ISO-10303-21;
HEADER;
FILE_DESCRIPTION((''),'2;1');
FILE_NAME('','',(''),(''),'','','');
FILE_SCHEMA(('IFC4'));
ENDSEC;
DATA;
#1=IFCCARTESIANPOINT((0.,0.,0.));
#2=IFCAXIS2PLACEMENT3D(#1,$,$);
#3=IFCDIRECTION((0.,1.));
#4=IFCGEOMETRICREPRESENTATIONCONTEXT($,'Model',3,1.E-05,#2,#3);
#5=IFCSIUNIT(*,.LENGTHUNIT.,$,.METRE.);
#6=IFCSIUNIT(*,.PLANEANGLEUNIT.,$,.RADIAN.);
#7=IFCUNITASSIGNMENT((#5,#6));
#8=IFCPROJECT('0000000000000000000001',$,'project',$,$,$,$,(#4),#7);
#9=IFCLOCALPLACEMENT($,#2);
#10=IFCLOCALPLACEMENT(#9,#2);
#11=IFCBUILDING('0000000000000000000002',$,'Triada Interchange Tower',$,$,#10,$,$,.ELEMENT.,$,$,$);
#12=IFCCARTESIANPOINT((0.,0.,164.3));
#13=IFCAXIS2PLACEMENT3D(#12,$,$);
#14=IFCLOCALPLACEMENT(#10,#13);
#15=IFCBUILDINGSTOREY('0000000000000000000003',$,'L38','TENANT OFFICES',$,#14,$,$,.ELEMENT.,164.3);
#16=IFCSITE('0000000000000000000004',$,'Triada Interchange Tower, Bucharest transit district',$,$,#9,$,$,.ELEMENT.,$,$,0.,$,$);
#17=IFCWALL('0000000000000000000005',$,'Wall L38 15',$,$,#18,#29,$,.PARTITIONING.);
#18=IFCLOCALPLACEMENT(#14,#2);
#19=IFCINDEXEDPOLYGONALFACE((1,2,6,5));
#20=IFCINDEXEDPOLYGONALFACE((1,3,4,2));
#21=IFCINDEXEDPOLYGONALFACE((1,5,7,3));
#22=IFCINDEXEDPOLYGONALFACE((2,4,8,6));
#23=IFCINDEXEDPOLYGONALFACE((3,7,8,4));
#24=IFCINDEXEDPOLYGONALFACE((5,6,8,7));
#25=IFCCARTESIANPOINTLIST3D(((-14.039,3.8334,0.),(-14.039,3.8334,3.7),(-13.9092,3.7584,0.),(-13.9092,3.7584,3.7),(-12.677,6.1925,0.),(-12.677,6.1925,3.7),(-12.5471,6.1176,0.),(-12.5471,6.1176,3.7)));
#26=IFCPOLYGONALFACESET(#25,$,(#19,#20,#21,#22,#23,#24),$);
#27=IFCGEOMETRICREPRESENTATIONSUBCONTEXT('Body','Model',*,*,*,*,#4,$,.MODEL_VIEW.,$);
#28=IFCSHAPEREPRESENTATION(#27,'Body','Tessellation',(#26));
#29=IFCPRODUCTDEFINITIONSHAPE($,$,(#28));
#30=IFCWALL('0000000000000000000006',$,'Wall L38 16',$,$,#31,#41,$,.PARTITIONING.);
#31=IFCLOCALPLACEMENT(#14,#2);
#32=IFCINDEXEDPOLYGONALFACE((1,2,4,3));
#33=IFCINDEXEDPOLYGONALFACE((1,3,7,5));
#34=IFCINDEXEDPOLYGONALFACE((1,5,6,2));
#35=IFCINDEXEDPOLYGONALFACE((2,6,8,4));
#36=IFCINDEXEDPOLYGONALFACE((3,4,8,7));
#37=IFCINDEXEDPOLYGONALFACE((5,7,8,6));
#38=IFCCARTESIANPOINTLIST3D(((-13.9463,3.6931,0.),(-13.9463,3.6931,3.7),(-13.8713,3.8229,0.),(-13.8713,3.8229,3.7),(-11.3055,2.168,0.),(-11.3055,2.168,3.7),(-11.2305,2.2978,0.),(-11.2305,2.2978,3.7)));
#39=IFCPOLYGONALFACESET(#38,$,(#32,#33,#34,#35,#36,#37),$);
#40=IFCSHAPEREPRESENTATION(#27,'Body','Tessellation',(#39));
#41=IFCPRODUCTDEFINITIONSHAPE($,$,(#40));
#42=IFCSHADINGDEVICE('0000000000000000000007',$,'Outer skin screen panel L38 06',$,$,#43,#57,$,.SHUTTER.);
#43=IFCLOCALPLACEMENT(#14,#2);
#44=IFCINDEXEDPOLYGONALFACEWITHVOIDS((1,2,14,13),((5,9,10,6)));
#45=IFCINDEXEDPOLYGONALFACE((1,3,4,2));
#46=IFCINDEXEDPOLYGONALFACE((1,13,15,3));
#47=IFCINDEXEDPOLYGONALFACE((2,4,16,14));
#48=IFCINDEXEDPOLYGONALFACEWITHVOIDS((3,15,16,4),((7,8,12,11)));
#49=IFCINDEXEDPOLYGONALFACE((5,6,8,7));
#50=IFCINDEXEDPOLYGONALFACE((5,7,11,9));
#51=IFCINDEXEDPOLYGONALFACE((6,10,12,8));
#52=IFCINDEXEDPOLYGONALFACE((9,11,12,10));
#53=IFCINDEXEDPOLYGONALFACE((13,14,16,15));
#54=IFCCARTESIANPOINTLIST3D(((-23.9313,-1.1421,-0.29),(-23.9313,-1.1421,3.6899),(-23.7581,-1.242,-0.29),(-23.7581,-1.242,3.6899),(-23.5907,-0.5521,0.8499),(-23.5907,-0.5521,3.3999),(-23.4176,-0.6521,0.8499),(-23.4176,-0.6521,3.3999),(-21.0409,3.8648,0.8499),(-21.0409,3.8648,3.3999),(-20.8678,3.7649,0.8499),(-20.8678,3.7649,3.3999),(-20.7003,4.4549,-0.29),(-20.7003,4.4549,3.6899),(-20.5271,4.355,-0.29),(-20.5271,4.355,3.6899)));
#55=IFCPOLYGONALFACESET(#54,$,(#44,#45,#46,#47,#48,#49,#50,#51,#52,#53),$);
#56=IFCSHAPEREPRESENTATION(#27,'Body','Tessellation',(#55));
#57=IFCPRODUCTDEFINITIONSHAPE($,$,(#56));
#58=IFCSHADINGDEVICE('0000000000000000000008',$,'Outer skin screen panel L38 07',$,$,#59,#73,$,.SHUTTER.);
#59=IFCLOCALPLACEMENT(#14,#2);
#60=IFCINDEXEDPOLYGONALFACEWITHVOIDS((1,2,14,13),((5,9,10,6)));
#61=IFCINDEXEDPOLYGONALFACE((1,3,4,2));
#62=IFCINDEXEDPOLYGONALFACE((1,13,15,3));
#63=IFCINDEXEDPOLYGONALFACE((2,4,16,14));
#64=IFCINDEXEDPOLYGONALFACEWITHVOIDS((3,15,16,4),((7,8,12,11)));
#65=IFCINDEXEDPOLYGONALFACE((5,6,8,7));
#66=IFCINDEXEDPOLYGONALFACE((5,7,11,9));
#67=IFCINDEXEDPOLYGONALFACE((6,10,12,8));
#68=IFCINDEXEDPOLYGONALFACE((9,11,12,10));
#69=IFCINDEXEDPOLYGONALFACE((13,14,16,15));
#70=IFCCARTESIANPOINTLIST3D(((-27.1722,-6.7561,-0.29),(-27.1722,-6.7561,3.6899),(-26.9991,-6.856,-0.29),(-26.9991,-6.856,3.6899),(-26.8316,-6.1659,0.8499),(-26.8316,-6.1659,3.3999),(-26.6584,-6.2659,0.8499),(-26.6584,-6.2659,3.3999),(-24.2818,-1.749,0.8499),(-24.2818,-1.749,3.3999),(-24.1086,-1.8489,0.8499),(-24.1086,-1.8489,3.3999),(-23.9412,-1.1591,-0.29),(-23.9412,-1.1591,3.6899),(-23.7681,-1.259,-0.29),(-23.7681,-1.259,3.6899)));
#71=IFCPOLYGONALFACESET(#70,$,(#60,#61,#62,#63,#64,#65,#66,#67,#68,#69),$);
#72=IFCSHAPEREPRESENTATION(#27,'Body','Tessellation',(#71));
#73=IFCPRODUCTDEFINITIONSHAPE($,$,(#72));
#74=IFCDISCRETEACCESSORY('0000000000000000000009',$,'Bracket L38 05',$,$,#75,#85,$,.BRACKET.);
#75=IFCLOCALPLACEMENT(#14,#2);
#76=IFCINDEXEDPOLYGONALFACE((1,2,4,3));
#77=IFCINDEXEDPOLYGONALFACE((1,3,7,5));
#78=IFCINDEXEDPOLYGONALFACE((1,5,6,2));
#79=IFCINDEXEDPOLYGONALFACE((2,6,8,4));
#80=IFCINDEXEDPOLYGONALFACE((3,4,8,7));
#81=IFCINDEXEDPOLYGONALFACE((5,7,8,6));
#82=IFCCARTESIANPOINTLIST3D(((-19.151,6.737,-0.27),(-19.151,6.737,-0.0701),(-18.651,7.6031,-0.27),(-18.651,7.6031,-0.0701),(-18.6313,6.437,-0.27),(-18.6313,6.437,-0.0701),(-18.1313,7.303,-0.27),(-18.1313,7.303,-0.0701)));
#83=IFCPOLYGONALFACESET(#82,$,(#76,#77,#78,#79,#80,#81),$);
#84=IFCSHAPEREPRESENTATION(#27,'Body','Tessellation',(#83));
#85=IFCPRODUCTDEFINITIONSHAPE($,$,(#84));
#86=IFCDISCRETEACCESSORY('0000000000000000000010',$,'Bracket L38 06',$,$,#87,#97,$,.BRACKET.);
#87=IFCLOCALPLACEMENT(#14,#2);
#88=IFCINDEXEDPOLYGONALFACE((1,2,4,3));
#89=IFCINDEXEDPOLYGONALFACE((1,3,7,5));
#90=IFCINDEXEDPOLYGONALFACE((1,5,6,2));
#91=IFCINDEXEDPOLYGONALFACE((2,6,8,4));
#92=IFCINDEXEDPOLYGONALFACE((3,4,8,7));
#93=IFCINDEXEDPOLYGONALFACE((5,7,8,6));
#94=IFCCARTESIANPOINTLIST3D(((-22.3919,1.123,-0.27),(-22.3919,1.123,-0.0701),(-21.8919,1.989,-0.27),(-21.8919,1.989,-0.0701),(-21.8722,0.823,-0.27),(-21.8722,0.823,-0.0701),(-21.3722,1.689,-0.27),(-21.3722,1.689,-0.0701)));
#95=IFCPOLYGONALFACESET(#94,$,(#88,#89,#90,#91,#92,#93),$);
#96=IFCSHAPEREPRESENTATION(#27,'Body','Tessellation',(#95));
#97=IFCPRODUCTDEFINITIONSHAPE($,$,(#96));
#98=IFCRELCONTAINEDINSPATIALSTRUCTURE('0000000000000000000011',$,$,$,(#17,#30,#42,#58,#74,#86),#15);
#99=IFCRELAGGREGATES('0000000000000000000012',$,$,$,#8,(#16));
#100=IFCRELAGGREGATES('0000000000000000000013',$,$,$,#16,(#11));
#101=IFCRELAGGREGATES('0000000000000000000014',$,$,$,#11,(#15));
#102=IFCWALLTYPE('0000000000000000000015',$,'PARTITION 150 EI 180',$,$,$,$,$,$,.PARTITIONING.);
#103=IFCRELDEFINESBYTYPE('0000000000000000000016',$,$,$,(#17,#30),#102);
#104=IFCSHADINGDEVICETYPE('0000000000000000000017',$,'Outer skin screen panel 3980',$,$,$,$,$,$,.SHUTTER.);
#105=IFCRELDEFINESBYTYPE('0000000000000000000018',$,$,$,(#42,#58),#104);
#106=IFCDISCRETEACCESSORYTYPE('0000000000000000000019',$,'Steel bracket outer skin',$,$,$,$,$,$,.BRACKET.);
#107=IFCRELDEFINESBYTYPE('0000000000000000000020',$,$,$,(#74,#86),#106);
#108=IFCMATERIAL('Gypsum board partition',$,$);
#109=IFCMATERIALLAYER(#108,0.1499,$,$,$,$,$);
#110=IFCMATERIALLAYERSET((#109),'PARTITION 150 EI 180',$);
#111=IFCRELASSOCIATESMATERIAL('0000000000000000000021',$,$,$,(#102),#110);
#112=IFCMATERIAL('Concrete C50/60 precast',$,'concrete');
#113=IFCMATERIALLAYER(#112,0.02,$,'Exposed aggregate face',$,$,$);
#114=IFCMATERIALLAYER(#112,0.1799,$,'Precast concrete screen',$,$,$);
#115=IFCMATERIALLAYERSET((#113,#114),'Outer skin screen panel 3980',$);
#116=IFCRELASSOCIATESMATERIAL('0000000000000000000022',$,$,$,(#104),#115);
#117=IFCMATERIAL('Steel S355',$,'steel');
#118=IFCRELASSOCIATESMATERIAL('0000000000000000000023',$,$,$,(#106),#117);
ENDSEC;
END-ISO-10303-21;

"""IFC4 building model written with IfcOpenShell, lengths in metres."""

from ifc_helpers import new_model, si_unit, direction, frame, frame_2d, origin, origin_2d, place, context, subcontext, project, spatial, polyline, rectangle, outline, extrude, material, layer, layer_set, type_object, element, save


model = new_model("IFC4")

# Units and contexts
model_context = context("Model", 3, precision=1e-05, world=origin(), true_north=direction((0.0, 1.0)))
body_context = subcontext(model_context, "Body", "Model", "MODEL_VIEW")
ifc_project = project(units=[si_unit("LENGTHUNIT", "METRE"), si_unit("PLANEANGLEUNIT", "RADIAN")], contexts=[model_context])

# Site, building, storey
site_placement = place(None, origin())
site = spatial("IfcSite", under=ifc_project, at=site_placement, Name="Triada Interchange Tower, Bucharest transit district", CompositionType="ELEMENT", RefElevation=0.0)
building_placement = place(site_placement, origin())
building = spatial("IfcBuilding", under=site, at=building_placement, Name="Triada Interchange Tower", CompositionType="ELEMENT")
storey_placement = place(building_placement, frame((0.0, 0.0, 164.3)))
storey = spatial("IfcBuildingStorey", under=building, at=storey_placement, Name="L38", Description="TENANT OFFICES", CompositionType="ELEMENT", Elevation=164.3)

# Shared definitions
ifc_material_1 = material(Name="Gypsum board partition")
ifc_layer_1 = layer(ifc_material_1, 0.1499)
ifc_layer_set_1 = layer_set([ifc_layer_1], Name="PARTITION 150 EI 180")
wall_type_1 = type_object("IfcWallType", Name="PARTITION 150 EI 180", PredefinedType="PARTITIONING", material=ifc_layer_set_1)

# Walls
wall_1_placement = place(storey_placement, frame((-13.9741, 3.7959, 0.0), z_axis=(0.0, 0.0, 1.0), x_axis=(0.500004, 0.866023, 0.0)))
element("IfcWall", 1, at=wall_1_placement, inside=storey, type_object=wall_type_1, Name="Wall L38 15", PredefinedType="PARTITIONING", context=body_context, shape_type="SweptSolid", body=[
    extrude(rectangle(XDim=2.7241, YDim=0.1499, at=frame_2d((1.3621, 0.0))), origin(), (0.0, 0.0, 1.0), 3.7),
])
wall_2_placement = place(storey_placement, frame((-13.9089, 3.7581, 0.0), z_axis=(0.0, 0.0, 1.0), x_axis=(0.865963, -0.500108, 0.0)))
element("IfcWall", 2, at=wall_2_placement, inside=storey, type_object=wall_type_1, Name="Wall L38 16", PredefinedType="PARTITIONING", context=body_context, shape_type="SweptSolid", body=[
    extrude(rectangle(XDim=3.0496, YDim=0.1499, at=frame_2d((1.5249, 0.0))), origin(), (0.0, 0.0, 1.0), 3.7),
])

# Shading devices
ifc_material_2 = material(Name="Concrete C50/60 precast", Category="concrete")
ifc_layer_2 = layer(ifc_material_2, 0.02, Name="Exposed aggregate face")
ifc_layer_3 = layer(ifc_material_2, 0.1799, Name="Precast concrete screen")
ifc_layer_set_2 = layer_set([ifc_layer_2, ifc_layer_3], Name="Outer skin screen panel 3980")
shading_device_type = type_object("IfcShadingDeviceType", Name="Outer skin screen panel 3980", PredefinedType="SHUTTER", material=ifc_layer_set_2)
shading_device_1_placement = place(storey_placement, frame((-20.5271, 4.355, -0.29), z_axis=(0.0, 0.0, 1.0), x_axis=(-0.49995, -0.866054, 0.0)))
element("IfcShadingDevice", 3, at=shading_device_1_placement, inside=storey, type_object=shading_device_type, Name="Outer skin screen panel L38 06", PredefinedType="SHUTTER", context=body_context, shape_type="SweptSolid", body=[
    extrude(outline(polyline([(0.0, 0.0), (6.4626, 0.0), (6.4626, 3.98), (0.0, 3.98), (0.0, 0.0)]), holes=[polyline([(0.6814, 1.1399), (0.6814, 3.6899), (5.7815, 3.6899), (5.7815, 1.1399), (0.6814, 1.1399)])]), frame((0.0, 0.0, 0.0), z_axis=(0.0, -1.0, 0.0), x_axis=(1.0, 0.0, 0.0)), (0.0, 0.0, 1.0), 0.2),
])
shading_device_2_placement = place(storey_placement, frame((-23.7681, -1.259, -0.29), z_axis=(0.0, 0.0, 1.0), x_axis=(-0.49995, -0.866054, 0.0)))
element("IfcShadingDevice", 4, at=shading_device_2_placement, inside=storey, type_object=shading_device_type, Name="Outer skin screen panel L38 07", PredefinedType="SHUTTER", context=body_context, shape_type="SweptSolid", body=[
    extrude(outline(polyline([(0.0, 0.0), (6.4626, 0.0), (6.4626, 3.98), (0.0, 3.98), (0.0, 0.0)]), holes=[polyline([(0.6812, 1.1399), (0.6812, 3.6899), (5.7812, 3.6899), (5.7812, 1.1399), (0.6812, 1.1399)])]), frame((0.0, 0.0, 0.0), z_axis=(0.0, -1.0, 0.0), x_axis=(1.0, 0.0, 0.0)), (0.0, 0.0, 1.0), 0.2),
])

# Discrete accessories
ifc_material_3 = material(Name="Steel S355", Category="steel")
discrete_accessory_type = type_object("IfcDiscreteAccessoryType", Name="Steel bracket outer skin", PredefinedType="BRACKET", material=ifc_material_3)
for number, where, z_axis, x_axis, name in (
    (5, (-18.6411, 7.02, -0.27), (0.0, 0.0, 1.0), (-0.866023, 0.500005, 0.0), "Bracket L38 05"),
    (6, (-21.8821, 1.406, -0.27), (0.0, 0.0, 1.0), (-0.866023, 0.500005, 0.0), "Bracket L38 06"),
):
    element("IfcDiscreteAccessory", number, at=place(storey_placement, frame(where, z_axis=z_axis, x_axis=x_axis)), inside=storey, type_object=discrete_accessory_type, Name=name, PredefinedType="BRACKET", context=body_context, shape_type="SweptSolid", body=[
        extrude(rectangle(XDim=0.6001, YDim=1.0, at=origin_2d()), origin(), (0.0, 0.0, 1.0), 0.2),
    ])

save(model, "model.ifc")
